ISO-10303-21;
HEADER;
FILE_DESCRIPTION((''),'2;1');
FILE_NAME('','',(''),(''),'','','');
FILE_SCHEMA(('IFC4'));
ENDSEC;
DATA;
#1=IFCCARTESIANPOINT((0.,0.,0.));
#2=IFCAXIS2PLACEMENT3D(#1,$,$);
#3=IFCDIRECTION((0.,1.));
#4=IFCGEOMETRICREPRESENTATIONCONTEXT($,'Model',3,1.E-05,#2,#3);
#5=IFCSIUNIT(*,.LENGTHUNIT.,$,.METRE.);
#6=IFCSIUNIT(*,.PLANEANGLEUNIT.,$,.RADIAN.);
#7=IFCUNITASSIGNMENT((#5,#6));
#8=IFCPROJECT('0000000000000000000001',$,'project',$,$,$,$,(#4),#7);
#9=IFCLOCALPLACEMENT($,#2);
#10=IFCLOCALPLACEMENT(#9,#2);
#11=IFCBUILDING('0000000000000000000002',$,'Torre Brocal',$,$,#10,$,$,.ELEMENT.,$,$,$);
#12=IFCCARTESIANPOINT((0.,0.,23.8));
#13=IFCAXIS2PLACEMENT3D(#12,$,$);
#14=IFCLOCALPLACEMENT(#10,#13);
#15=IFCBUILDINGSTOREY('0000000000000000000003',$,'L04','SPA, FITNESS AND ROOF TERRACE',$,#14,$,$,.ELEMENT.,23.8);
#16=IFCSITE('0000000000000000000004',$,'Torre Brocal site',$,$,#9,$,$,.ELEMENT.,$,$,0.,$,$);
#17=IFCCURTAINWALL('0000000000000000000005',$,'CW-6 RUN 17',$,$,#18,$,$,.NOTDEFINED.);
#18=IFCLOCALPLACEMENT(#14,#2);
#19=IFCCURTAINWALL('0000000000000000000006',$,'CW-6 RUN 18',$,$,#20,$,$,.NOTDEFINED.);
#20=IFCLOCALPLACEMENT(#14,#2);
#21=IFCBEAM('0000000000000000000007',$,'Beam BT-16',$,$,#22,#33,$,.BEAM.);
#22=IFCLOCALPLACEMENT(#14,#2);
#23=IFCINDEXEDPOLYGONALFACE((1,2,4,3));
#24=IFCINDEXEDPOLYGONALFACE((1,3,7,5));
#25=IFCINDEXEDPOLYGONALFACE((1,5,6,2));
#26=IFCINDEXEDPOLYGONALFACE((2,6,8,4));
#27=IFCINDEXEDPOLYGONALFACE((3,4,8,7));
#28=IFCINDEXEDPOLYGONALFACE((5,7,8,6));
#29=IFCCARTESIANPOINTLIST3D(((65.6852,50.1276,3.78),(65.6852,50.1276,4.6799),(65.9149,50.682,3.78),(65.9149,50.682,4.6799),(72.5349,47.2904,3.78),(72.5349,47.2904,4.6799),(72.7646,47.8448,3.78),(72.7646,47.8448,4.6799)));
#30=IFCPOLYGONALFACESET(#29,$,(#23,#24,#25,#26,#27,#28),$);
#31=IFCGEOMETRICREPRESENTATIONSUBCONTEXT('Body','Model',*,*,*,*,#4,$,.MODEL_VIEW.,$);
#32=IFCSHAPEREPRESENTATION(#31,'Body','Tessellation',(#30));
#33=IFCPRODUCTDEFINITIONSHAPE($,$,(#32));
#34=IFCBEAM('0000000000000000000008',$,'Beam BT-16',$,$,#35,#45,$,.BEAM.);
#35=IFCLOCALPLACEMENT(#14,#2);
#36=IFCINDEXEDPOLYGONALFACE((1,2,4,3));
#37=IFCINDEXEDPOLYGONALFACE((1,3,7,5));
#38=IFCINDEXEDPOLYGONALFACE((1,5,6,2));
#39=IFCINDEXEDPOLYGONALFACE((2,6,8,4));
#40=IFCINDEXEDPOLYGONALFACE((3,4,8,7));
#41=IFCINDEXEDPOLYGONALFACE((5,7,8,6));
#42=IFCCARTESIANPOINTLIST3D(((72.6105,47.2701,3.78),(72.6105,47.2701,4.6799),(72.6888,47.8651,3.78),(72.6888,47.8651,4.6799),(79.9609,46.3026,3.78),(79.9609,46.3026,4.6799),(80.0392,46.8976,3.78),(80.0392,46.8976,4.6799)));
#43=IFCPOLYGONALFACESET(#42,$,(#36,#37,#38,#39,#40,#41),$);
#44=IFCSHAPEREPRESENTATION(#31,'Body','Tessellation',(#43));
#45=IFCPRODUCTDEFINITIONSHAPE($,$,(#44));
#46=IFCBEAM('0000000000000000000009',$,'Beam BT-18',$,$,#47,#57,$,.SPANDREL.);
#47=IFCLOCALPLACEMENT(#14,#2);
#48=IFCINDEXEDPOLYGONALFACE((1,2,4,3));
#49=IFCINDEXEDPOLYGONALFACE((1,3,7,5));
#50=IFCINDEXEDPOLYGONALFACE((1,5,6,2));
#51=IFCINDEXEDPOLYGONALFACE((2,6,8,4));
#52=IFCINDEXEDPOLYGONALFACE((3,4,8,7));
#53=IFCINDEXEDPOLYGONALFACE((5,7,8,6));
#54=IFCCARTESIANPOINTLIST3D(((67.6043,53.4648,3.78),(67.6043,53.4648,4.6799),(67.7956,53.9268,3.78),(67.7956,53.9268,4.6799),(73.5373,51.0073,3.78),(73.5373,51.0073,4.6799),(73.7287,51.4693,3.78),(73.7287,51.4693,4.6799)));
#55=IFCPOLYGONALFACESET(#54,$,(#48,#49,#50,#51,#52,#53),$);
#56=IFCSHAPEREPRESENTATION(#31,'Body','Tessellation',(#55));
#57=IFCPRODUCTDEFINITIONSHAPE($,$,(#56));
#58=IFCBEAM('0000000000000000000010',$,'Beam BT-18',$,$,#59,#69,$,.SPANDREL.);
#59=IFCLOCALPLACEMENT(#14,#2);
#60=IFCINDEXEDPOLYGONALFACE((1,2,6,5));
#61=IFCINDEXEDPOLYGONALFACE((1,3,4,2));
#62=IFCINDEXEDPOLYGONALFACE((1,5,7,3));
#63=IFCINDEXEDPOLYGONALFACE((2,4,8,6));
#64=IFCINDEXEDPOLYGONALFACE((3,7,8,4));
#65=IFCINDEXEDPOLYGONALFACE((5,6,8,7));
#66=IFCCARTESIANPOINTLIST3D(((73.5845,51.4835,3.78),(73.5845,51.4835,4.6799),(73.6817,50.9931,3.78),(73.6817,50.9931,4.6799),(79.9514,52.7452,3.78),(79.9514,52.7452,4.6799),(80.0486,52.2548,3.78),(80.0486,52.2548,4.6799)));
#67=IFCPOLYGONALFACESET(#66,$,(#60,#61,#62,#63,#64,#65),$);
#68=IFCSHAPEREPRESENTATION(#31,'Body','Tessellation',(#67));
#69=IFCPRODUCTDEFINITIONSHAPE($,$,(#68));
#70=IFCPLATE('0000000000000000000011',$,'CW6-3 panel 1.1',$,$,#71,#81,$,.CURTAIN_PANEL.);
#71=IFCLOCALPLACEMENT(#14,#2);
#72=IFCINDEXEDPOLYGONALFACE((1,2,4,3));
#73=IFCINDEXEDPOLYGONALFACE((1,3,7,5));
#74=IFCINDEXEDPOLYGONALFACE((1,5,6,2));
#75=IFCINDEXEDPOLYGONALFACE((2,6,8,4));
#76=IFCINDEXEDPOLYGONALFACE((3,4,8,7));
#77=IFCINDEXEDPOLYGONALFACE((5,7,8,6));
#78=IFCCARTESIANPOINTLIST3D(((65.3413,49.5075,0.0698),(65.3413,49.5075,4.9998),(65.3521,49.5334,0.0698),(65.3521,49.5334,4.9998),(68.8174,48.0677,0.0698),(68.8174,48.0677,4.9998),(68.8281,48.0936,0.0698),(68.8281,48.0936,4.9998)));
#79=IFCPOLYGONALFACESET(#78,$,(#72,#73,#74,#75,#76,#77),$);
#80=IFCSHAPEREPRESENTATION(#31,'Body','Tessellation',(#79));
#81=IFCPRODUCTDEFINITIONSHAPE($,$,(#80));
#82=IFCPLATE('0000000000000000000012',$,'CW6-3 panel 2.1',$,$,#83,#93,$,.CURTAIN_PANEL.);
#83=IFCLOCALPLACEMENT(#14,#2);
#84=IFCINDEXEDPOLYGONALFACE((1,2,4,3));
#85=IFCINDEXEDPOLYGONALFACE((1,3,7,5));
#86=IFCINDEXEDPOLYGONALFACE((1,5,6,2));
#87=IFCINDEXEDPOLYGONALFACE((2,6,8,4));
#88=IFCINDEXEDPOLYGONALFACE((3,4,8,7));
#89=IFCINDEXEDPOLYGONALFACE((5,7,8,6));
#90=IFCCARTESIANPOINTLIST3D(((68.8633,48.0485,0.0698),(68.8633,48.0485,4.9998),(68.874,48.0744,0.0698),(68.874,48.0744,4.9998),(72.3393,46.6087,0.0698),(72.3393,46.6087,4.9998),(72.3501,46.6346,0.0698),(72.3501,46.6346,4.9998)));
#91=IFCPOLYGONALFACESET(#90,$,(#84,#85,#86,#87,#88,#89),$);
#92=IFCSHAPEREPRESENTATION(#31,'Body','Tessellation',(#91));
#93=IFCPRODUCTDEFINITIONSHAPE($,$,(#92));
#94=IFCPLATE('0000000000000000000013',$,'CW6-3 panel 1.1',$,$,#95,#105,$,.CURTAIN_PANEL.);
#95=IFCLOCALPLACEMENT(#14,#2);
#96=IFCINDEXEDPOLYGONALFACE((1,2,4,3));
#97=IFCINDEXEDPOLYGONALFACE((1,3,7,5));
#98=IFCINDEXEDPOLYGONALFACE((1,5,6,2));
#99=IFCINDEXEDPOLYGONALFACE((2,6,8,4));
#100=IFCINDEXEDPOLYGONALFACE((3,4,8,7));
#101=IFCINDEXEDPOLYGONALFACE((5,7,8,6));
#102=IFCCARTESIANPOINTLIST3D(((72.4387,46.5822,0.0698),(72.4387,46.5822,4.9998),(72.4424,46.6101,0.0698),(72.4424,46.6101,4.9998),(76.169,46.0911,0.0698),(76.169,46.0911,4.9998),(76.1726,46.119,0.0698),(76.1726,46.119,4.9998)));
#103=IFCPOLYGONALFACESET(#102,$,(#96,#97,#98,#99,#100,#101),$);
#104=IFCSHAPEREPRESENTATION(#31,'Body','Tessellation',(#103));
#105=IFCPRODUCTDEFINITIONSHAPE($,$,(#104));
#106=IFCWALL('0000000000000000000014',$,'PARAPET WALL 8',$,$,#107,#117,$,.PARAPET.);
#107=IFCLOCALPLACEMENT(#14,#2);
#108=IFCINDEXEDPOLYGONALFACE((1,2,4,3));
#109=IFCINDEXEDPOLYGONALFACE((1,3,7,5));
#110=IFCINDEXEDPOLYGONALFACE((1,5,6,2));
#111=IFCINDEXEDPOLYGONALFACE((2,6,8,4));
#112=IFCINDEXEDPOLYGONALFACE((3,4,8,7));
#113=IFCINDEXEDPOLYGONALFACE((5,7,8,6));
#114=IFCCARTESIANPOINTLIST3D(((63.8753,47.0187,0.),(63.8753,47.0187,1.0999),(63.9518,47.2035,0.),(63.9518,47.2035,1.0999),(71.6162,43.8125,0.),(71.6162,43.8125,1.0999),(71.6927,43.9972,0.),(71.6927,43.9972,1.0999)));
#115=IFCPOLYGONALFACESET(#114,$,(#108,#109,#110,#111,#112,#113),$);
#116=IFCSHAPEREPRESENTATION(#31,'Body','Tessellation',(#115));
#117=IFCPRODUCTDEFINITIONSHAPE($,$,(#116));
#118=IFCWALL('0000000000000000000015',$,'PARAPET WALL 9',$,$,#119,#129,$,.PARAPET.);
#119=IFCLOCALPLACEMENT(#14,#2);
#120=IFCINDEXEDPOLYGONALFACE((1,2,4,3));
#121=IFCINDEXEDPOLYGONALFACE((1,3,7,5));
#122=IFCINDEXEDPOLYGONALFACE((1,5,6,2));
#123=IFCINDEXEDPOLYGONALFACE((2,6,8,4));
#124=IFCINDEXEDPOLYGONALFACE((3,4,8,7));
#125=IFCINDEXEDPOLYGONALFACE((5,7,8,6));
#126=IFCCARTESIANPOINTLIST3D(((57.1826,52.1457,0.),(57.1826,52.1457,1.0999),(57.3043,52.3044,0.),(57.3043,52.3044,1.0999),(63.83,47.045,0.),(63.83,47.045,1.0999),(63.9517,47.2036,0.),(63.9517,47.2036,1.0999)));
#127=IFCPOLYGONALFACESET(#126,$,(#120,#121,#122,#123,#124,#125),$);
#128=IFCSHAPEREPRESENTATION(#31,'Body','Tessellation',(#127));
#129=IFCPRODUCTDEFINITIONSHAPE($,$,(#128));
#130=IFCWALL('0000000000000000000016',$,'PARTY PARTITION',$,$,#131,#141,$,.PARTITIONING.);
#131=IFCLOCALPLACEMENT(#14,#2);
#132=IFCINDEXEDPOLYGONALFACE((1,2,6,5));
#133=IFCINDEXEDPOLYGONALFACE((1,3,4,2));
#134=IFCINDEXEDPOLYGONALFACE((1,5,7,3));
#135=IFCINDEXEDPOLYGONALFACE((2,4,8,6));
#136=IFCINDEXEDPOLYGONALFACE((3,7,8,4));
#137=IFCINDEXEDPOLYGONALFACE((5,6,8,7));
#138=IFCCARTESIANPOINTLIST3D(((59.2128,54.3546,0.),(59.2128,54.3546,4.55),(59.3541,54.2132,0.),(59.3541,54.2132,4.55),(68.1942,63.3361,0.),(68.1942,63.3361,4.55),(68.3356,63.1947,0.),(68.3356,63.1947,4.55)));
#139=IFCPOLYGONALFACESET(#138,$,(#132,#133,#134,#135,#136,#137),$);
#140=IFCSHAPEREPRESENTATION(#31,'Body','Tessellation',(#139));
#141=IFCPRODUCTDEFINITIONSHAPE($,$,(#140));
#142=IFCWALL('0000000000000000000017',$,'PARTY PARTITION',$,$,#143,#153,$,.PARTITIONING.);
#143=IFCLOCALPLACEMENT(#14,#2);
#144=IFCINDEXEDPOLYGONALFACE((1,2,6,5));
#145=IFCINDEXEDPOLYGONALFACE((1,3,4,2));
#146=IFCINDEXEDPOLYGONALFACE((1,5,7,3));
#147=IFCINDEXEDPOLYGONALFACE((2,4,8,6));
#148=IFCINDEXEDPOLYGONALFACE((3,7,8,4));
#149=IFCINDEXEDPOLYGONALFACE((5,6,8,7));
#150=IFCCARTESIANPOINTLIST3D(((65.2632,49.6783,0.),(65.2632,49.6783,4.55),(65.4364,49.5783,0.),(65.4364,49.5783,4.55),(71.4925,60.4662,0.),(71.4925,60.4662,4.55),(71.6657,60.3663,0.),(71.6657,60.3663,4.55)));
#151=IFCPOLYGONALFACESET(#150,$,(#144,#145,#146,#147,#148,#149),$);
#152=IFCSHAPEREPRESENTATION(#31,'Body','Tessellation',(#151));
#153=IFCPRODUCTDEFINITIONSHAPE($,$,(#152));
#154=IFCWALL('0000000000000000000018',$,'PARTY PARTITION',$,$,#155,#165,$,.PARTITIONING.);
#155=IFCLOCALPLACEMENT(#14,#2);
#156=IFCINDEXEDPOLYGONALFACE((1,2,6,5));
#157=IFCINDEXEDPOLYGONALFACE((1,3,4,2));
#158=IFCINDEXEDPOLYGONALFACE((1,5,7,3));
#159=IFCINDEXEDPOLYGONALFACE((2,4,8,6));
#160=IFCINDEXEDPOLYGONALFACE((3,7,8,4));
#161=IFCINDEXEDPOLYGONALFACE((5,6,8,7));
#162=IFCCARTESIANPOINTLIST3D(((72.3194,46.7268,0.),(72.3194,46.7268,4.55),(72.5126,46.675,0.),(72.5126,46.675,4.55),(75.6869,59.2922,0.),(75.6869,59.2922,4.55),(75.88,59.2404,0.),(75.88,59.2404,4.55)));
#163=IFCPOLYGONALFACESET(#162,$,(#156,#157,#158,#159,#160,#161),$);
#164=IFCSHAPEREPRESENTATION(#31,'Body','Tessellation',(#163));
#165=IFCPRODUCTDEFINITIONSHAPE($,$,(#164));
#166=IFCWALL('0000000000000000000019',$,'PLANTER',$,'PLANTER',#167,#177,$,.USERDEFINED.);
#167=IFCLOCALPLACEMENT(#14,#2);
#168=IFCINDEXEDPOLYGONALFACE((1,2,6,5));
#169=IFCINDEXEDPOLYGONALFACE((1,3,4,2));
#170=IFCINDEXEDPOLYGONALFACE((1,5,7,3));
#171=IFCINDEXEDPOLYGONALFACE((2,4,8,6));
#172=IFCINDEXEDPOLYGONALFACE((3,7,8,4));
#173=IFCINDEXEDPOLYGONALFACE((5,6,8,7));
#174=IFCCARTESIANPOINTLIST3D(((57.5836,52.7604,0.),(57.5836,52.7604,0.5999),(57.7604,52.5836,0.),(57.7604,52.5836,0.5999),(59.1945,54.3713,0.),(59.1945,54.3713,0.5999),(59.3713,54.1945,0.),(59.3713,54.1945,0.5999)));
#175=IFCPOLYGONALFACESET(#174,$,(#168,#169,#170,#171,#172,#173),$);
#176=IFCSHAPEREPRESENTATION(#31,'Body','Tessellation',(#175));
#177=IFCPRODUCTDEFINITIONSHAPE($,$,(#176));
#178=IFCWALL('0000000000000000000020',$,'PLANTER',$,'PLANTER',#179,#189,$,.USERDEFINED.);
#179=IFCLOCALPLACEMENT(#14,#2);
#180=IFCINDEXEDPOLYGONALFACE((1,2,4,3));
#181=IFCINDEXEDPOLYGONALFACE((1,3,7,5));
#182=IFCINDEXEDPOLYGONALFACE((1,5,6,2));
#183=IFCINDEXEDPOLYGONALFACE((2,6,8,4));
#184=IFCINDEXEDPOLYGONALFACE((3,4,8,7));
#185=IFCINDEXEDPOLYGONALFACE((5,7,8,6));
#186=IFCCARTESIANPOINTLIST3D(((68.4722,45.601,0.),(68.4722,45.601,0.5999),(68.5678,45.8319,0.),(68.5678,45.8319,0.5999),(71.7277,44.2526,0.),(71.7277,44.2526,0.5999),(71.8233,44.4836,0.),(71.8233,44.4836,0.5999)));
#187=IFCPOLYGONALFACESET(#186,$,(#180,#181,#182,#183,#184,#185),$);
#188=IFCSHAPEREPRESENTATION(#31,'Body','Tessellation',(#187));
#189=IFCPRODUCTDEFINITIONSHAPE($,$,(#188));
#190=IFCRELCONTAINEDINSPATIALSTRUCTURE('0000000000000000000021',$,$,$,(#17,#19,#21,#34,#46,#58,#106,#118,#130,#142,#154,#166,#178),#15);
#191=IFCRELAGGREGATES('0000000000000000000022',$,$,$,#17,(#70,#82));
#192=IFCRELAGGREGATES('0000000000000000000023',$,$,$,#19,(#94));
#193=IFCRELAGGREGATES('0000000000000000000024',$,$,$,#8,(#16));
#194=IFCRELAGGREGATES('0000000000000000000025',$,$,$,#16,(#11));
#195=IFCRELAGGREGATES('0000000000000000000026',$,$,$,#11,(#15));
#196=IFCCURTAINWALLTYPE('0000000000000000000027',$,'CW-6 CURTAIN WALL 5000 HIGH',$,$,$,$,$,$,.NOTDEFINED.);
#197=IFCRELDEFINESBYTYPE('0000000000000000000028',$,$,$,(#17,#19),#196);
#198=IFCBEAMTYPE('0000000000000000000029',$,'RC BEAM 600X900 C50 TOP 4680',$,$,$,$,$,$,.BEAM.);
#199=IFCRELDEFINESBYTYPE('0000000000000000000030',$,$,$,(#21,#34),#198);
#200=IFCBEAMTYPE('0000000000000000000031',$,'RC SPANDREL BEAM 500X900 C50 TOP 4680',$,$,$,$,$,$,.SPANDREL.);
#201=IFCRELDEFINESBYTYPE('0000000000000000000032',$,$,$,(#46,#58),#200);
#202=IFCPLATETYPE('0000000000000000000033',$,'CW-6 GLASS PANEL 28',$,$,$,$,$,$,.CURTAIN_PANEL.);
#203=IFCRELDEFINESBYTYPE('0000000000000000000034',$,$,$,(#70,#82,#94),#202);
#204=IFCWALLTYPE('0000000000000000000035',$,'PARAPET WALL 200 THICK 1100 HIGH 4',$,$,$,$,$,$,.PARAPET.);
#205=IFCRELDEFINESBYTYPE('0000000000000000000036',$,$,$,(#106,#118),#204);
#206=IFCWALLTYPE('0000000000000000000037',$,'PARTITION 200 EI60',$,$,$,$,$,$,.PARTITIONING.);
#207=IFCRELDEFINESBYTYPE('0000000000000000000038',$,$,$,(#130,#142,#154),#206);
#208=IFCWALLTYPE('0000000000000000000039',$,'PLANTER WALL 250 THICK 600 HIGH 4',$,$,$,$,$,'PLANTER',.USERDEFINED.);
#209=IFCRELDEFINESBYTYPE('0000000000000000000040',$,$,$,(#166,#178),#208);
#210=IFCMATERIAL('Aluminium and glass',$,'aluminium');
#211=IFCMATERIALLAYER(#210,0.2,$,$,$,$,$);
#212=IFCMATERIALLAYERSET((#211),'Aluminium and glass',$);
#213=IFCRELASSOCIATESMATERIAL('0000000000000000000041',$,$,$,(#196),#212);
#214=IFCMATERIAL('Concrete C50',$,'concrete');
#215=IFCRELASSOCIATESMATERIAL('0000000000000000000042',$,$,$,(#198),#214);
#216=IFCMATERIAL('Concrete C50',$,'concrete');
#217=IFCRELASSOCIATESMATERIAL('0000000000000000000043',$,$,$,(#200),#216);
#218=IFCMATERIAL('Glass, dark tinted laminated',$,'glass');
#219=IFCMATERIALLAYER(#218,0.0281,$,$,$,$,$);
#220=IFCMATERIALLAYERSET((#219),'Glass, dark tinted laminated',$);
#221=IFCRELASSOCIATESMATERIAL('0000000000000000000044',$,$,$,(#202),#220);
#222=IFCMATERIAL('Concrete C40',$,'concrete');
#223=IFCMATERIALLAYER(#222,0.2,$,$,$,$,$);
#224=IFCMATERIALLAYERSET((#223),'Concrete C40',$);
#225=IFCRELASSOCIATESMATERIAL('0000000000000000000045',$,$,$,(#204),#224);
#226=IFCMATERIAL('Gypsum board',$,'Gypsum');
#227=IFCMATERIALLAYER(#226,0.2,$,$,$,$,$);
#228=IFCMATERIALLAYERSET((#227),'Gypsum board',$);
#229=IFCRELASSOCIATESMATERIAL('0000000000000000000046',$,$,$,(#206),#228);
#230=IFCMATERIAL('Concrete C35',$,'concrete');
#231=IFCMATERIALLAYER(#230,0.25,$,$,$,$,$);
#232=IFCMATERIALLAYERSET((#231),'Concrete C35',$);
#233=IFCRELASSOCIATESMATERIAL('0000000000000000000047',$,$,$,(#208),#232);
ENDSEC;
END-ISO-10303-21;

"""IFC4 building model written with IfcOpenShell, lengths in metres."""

from ifc_helpers import new_model, si_unit, direction, frame, frame_2d, origin, origin_2d, place, context, subcontext, project, spatial, rectangle, extrude, material, layer, layer_set, material_profile, profile_set, type_object, element, aggregate, save


model = new_model("IFC4")

# Units and contexts
model_context = context("Model", 3, precision=1e-05, world=origin(), true_north=direction((0.0, 1.0)))
body_context = subcontext(model_context, "Body", "Model", "MODEL_VIEW")
ifc_project = project(units=[si_unit("LENGTHUNIT", "METRE"), si_unit("PLANEANGLEUNIT", "RADIAN")], contexts=[model_context])

# Site, building, storey
site_placement = place(None, origin())
site = spatial("IfcSite", under=ifc_project, at=site_placement, Name="Torre Brocal site", CompositionType="ELEMENT", RefElevation=0.0)
building_placement = place(site_placement, origin())
building = spatial("IfcBuilding", under=site, at=building_placement, Name="Torre Brocal", CompositionType="ELEMENT")
storey_placement = place(building_placement, frame((0.0, 0.0, 23.8)))
storey = spatial("IfcBuildingStorey", under=building, at=storey_placement, Name="L04", Description="SPA, FITNESS AND ROOF TERRACE", CompositionType="ELEMENT", Elevation=23.8)

# Shared definitions
ifc_material_1 = material(Name="Aluminium and glass", Category="aluminium")
ifc_layer_1 = layer(ifc_material_1, 0.2)
ifc_layer_set_1 = layer_set([ifc_layer_1], Name="Aluminium and glass")
curtain_wall_type = type_object("IfcCurtainWallType", Name="CW-6 CURTAIN WALL 5000 HIGH", PredefinedType="NOTDEFINED", material=ifc_layer_set_1)

# Curtain walls
curtain_wall_1_placement = place(storey_placement, origin())
curtain_wall_1 = element("IfcCurtainWall", 1, at=curtain_wall_1_placement, inside=storey, type_object=curtain_wall_type, Name="CW-6 RUN 17", PredefinedType="NOTDEFINED")
curtain_wall_2_placement = place(storey_placement, origin())
curtain_wall_2 = element("IfcCurtainWall", 2, at=curtain_wall_2_placement, inside=storey, type_object=curtain_wall_type, Name="CW-6 RUN 18", PredefinedType="NOTDEFINED")

# Beams
ifc_material_2 = material(Name="Concrete C50", Category="concrete")
ifc_material_profile_1 = material_profile(ifc_material_2, rectangle(XDim=0.6001, YDim=0.8999, at=origin_2d()), Name="RC 600X900")
ifc_profile_set_1 = profile_set([ifc_material_profile_1], Name="Concrete C50")
beam_type_1 = type_object("IfcBeamType", Name="RC BEAM 600X900 C50 TOP 4680", PredefinedType="BEAM", material=ifc_profile_set_1)
beam_1_placement = place(storey_placement, frame((65.8, 50.4048, 4.23), z_axis=(0.923882, -0.382678, 0.0), x_axis=(0.382678, 0.923882, 0.0)))
element("IfcBeam", 3, at=beam_1_placement, inside=storey, type_object=beam_type_1, Name="Beam BT-16", PredefinedType="BEAM", context=body_context, shape_type="SweptSolid", body=[
    extrude(rectangle(XDim=0.6001, YDim=0.8999, at=origin_2d()), origin(), (0.0, 0.0, 1.0), 7.4141),
])
beam_2_placement = place(storey_placement, frame((72.6497, 47.5676, 4.23), z_axis=(0.991448, -0.130505, 0.0), x_axis=(0.130505, 0.991448, 0.0)))
element("IfcBeam", 4, at=beam_2_placement, inside=storey, type_object=beam_type_1, Name="Beam BT-16", PredefinedType="BEAM", context=body_context, shape_type="SweptSolid", body=[
    extrude(rectangle(XDim=0.6001, YDim=0.8999, at=origin_2d()), origin(), (0.0, 0.0, 1.0), 7.4138),
])
ifc_material_3 = material(Name="Concrete C50", Category="concrete")
ifc_material_profile_2 = material_profile(ifc_material_3, rectangle(XDim=0.5, YDim=0.8999, at=origin_2d()), Name="RC 500X900")
ifc_profile_set_2 = profile_set([ifc_material_profile_2], Name="Concrete C50")
beam_type_2 = type_object("IfcBeamType", Name="RC SPANDREL BEAM 500X900 C50 TOP 4680", PredefinedType="SPANDREL", material=ifc_profile_set_2)
beam_3_placement = place(storey_placement, frame((67.7, 53.6958, 4.23), z_axis=(0.923882, -0.382676, 0.0), x_axis=(0.382676, 0.923882, 0.0)))
element("IfcBeam", 5, at=beam_3_placement, inside=storey, type_object=beam_type_2, Name="Beam BT-18", PredefinedType="SPANDREL", context=body_context, shape_type="SweptSolid", body=[
    extrude(rectangle(XDim=0.5, YDim=0.8999, at=origin_2d()), origin(), (0.0, 0.0, 1.0), 6.4219),
])
beam_4_placement = place(storey_placement, frame((73.6331, 51.2383, 4.23), z_axis=(0.980925, 0.194387, 0.0), x_axis=(-0.194387, 0.980925, 0.0)))
element("IfcBeam", 6, at=beam_4_placement, inside=storey, type_object=beam_type_2, Name="Beam BT-18", PredefinedType="SPANDREL", context=body_context, shape_type="SweptSolid", body=[
    extrude(rectangle(XDim=0.5, YDim=0.8999, at=origin_2d()), origin(), (0.0, 0.0, 1.0), 6.4907),
])

# Plates
ifc_material_4 = material(Name="Glass, dark tinted laminated", Category="glass")
ifc_layer_2 = layer(ifc_material_4, 0.0281)
ifc_layer_set_2 = layer_set([ifc_layer_2], Name="Glass, dark tinted laminated")
plate_type = type_object("IfcPlateType", Name="CW-6 GLASS PANEL 28", PredefinedType="CURTAIN_PANEL", material=ifc_layer_set_2)
plate_1_placement = place(storey_placement, frame((67.0847, 48.8005, 0.0698), z_axis=(0.0, 0.0, 1.0), x_axis=(0.92388, -0.382683, 0.0)))
plate_1 = element("IfcPlate", 7, at=plate_1_placement, type_object=plate_type, Name="CW6-3 panel 1.1", PredefinedType="CURTAIN_PANEL", context=body_context, shape_type="SweptSolid", body=[
    extrude(rectangle(XDim=3.7625, YDim=0.0281, at=origin_2d()), origin(), (0.0, 0.0, 1.0), 4.9299),
])
plate_2_placement = place(storey_placement, frame((70.6067, 47.3416, 0.0698), z_axis=(0.0, 0.0, 1.0), x_axis=(0.92388, -0.382683, 0.0)))
plate_2 = element("IfcPlate", 8, at=plate_2_placement, type_object=plate_type, Name="CW6-3 panel 2.1", PredefinedType="CURTAIN_PANEL", context=body_context, shape_type="SweptSolid", body=[
    extrude(rectangle(XDim=3.7625, YDim=0.0281, at=origin_2d()), origin(), (0.0, 0.0, 1.0), 4.9299),
])
aggregate(curtain_wall_1, [plate_1, plate_2])
plate_3_placement = place(storey_placement, frame((74.3057, 46.3506, 0.0698), z_axis=(0.0, 0.0, 1.0), x_axis=(0.991445, -0.130526, 0.0)))
plate_3 = element("IfcPlate", 9, at=plate_3_placement, type_object=plate_type, Name="CW6-3 panel 1.1", PredefinedType="CURTAIN_PANEL", context=body_context, shape_type="SweptSolid", body=[
    extrude(rectangle(XDim=3.7625, YDim=0.0281, at=origin_2d()), origin(), (0.0, 0.0, 1.0), 4.9299),
])
aggregate(curtain_wall_2, [plate_3])

# Walls
ifc_material_5 = material(Name="Concrete C40", Category="concrete")
ifc_layer_3 = layer(ifc_material_5, 0.2)
ifc_layer_set_3 = layer_set([ifc_layer_3], Name="Concrete C40")
wall_type_1 = type_object("IfcWallType", Name="PARAPET WALL 200 THICK 1100 HIGH 4", PredefinedType="PARAPET", material=ifc_layer_set_3)
wall_1_placement = place(storey_placement, frame((71.6545, 43.9048, 0.0), z_axis=(0.0, 0.0, 1.0), x_axis=(-0.923884, 0.382672, 0.0)))
element("IfcWall", 10, at=wall_1_placement, inside=storey, type_object=wall_type_1, Name="PARAPET WALL 8", PredefinedType="PARAPET", context=body_context, shape_type="SweptSolid", body=[
    extrude(rectangle(XDim=8.3787, YDim=0.2, at=frame_2d((4.1895, 0.0))), origin(), (0.0, 0.0, 1.0), 1.0999),
])
wall_2_placement = place(storey_placement, frame((63.8909, 47.1243, 0.0), z_axis=(0.0, 0.0, 1.0), x_axis=(-0.79335, 0.608765, 0.0)))
element("IfcWall", 11, at=wall_2_placement, inside=storey, type_object=wall_type_1, Name="PARAPET WALL 9", PredefinedType="PARAPET", context=body_context, shape_type="SweptSolid", body=[
    extrude(rectangle(XDim=8.3789, YDim=0.2, at=frame_2d((4.1895, 0.0))), origin(), (0.0, 0.0, 1.0), 1.0999),
])
ifc_material_6 = material(Name="Gypsum board", Category="Gypsum")
ifc_layer_4 = layer(ifc_material_6, 0.2)
ifc_layer_set_4 = layer_set([ifc_layer_4], Name="Gypsum board")
wall_type_2 = type_object("IfcWallType", Name="PARTITION 200 EI60", PredefinedType="PARTITIONING", material=ifc_layer_set_4)
wall_3_placement = place(storey_placement, frame((59.2834, 54.2839, 0.0), z_axis=(0.0, 0.0, 1.0), x_axis=(0.707107, 0.707107, 0.0)))
element("IfcWall", 12, at=wall_3_placement, inside=storey, type_object=wall_type_2, Name="PARTY PARTITION", PredefinedType="PARTITIONING", context=body_context, shape_type="SweptSolid", body=[
    extrude(rectangle(XDim=12.7017, YDim=0.2, at=frame_2d((6.3508, 0.0))), origin(), (0.0, 0.0, 1.0), 4.55),
])
wall_4_placement = place(storey_placement, frame((65.3499, 49.6284, 0.0), z_axis=(0.0, 0.0, 1.0), x_axis=(0.500053, 0.865995, 0.0)))
element("IfcWall", 13, at=wall_4_placement, inside=storey, type_object=wall_type_2, Name="PARTY PARTITION", PredefinedType="PARTITIONING", context=body_context, shape_type="SweptSolid", body=[
    extrude(rectangle(XDim=12.4573, YDim=0.2, at=frame_2d((6.2285, 0.0))), origin(), (0.0, 0.0, 1.0), 4.55),
])
wall_5_placement = place(storey_placement, frame((72.416, 46.7009, 0.0), z_axis=(0.0, 0.0, 1.0), x_axis=(0.258857, 0.965916, 0.0)))
element("IfcWall", 14, at=wall_5_placement, inside=storey, type_object=wall_type_2, Name="PARTY PARTITION", PredefinedType="PARTITIONING", context=body_context, shape_type="SweptSolid", body=[
    extrude(rectangle(XDim=13.0088, YDim=0.2, at=frame_2d((6.5044, 0.0))), origin(), (0.0, 0.0, 1.0), 4.55),
])
ifc_material_7 = material(Name="Concrete C35", Category="concrete")
ifc_layer_5 = layer(ifc_material_7, 0.25)
ifc_layer_set_5 = layer_set([ifc_layer_5], Name="Concrete C35")
wall_type_3 = type_object("IfcWallType", Name="PLANTER WALL 250 THICK 600 HIGH 4", ElementType="PLANTER", PredefinedType="USERDEFINED", material=ifc_layer_set_5)
wall_6_placement = place(storey_placement, frame((59.283, 54.283, 0.0), z_axis=(0.0, 0.0, 1.0), x_axis=(-0.707107, -0.707107, 0.0)))
element("IfcWall", 15, at=wall_6_placement, inside=storey, type_object=wall_type_3, Name="PLANTER", ObjectType="PLANTER", PredefinedType="USERDEFINED", context=body_context, shape_type="SweptSolid", body=[
    extrude(rectangle(XDim=2.2781, YDim=0.25, at=frame_2d((1.1392, 0.0))), origin(), (0.0, 0.0, 1.0), 0.5999),
])
for number, where, z_axis, x_axis, name in (
    (16, (71.7754, 44.3682, 0.0), (0.0, 0.0, 1.0), (-0.923893, 0.382652, 0.0), "PLANTER"),
):
    element("IfcWall", number, at=place(storey_placement, frame(where, z_axis=z_axis, x_axis=x_axis)), inside=storey, type_object=wall_type_3, Name=name, ObjectType="PLANTER", PredefinedType="USERDEFINED", context=body_context, shape_type="SweptSolid", body=[
        extrude(rectangle(XDim=3.5237, YDim=0.25, at=frame_2d((1.7617, 0.0))), origin(), (0.0, 0.0, 1.0), 0.5999),
    ])

save(model, "model.ifc")
